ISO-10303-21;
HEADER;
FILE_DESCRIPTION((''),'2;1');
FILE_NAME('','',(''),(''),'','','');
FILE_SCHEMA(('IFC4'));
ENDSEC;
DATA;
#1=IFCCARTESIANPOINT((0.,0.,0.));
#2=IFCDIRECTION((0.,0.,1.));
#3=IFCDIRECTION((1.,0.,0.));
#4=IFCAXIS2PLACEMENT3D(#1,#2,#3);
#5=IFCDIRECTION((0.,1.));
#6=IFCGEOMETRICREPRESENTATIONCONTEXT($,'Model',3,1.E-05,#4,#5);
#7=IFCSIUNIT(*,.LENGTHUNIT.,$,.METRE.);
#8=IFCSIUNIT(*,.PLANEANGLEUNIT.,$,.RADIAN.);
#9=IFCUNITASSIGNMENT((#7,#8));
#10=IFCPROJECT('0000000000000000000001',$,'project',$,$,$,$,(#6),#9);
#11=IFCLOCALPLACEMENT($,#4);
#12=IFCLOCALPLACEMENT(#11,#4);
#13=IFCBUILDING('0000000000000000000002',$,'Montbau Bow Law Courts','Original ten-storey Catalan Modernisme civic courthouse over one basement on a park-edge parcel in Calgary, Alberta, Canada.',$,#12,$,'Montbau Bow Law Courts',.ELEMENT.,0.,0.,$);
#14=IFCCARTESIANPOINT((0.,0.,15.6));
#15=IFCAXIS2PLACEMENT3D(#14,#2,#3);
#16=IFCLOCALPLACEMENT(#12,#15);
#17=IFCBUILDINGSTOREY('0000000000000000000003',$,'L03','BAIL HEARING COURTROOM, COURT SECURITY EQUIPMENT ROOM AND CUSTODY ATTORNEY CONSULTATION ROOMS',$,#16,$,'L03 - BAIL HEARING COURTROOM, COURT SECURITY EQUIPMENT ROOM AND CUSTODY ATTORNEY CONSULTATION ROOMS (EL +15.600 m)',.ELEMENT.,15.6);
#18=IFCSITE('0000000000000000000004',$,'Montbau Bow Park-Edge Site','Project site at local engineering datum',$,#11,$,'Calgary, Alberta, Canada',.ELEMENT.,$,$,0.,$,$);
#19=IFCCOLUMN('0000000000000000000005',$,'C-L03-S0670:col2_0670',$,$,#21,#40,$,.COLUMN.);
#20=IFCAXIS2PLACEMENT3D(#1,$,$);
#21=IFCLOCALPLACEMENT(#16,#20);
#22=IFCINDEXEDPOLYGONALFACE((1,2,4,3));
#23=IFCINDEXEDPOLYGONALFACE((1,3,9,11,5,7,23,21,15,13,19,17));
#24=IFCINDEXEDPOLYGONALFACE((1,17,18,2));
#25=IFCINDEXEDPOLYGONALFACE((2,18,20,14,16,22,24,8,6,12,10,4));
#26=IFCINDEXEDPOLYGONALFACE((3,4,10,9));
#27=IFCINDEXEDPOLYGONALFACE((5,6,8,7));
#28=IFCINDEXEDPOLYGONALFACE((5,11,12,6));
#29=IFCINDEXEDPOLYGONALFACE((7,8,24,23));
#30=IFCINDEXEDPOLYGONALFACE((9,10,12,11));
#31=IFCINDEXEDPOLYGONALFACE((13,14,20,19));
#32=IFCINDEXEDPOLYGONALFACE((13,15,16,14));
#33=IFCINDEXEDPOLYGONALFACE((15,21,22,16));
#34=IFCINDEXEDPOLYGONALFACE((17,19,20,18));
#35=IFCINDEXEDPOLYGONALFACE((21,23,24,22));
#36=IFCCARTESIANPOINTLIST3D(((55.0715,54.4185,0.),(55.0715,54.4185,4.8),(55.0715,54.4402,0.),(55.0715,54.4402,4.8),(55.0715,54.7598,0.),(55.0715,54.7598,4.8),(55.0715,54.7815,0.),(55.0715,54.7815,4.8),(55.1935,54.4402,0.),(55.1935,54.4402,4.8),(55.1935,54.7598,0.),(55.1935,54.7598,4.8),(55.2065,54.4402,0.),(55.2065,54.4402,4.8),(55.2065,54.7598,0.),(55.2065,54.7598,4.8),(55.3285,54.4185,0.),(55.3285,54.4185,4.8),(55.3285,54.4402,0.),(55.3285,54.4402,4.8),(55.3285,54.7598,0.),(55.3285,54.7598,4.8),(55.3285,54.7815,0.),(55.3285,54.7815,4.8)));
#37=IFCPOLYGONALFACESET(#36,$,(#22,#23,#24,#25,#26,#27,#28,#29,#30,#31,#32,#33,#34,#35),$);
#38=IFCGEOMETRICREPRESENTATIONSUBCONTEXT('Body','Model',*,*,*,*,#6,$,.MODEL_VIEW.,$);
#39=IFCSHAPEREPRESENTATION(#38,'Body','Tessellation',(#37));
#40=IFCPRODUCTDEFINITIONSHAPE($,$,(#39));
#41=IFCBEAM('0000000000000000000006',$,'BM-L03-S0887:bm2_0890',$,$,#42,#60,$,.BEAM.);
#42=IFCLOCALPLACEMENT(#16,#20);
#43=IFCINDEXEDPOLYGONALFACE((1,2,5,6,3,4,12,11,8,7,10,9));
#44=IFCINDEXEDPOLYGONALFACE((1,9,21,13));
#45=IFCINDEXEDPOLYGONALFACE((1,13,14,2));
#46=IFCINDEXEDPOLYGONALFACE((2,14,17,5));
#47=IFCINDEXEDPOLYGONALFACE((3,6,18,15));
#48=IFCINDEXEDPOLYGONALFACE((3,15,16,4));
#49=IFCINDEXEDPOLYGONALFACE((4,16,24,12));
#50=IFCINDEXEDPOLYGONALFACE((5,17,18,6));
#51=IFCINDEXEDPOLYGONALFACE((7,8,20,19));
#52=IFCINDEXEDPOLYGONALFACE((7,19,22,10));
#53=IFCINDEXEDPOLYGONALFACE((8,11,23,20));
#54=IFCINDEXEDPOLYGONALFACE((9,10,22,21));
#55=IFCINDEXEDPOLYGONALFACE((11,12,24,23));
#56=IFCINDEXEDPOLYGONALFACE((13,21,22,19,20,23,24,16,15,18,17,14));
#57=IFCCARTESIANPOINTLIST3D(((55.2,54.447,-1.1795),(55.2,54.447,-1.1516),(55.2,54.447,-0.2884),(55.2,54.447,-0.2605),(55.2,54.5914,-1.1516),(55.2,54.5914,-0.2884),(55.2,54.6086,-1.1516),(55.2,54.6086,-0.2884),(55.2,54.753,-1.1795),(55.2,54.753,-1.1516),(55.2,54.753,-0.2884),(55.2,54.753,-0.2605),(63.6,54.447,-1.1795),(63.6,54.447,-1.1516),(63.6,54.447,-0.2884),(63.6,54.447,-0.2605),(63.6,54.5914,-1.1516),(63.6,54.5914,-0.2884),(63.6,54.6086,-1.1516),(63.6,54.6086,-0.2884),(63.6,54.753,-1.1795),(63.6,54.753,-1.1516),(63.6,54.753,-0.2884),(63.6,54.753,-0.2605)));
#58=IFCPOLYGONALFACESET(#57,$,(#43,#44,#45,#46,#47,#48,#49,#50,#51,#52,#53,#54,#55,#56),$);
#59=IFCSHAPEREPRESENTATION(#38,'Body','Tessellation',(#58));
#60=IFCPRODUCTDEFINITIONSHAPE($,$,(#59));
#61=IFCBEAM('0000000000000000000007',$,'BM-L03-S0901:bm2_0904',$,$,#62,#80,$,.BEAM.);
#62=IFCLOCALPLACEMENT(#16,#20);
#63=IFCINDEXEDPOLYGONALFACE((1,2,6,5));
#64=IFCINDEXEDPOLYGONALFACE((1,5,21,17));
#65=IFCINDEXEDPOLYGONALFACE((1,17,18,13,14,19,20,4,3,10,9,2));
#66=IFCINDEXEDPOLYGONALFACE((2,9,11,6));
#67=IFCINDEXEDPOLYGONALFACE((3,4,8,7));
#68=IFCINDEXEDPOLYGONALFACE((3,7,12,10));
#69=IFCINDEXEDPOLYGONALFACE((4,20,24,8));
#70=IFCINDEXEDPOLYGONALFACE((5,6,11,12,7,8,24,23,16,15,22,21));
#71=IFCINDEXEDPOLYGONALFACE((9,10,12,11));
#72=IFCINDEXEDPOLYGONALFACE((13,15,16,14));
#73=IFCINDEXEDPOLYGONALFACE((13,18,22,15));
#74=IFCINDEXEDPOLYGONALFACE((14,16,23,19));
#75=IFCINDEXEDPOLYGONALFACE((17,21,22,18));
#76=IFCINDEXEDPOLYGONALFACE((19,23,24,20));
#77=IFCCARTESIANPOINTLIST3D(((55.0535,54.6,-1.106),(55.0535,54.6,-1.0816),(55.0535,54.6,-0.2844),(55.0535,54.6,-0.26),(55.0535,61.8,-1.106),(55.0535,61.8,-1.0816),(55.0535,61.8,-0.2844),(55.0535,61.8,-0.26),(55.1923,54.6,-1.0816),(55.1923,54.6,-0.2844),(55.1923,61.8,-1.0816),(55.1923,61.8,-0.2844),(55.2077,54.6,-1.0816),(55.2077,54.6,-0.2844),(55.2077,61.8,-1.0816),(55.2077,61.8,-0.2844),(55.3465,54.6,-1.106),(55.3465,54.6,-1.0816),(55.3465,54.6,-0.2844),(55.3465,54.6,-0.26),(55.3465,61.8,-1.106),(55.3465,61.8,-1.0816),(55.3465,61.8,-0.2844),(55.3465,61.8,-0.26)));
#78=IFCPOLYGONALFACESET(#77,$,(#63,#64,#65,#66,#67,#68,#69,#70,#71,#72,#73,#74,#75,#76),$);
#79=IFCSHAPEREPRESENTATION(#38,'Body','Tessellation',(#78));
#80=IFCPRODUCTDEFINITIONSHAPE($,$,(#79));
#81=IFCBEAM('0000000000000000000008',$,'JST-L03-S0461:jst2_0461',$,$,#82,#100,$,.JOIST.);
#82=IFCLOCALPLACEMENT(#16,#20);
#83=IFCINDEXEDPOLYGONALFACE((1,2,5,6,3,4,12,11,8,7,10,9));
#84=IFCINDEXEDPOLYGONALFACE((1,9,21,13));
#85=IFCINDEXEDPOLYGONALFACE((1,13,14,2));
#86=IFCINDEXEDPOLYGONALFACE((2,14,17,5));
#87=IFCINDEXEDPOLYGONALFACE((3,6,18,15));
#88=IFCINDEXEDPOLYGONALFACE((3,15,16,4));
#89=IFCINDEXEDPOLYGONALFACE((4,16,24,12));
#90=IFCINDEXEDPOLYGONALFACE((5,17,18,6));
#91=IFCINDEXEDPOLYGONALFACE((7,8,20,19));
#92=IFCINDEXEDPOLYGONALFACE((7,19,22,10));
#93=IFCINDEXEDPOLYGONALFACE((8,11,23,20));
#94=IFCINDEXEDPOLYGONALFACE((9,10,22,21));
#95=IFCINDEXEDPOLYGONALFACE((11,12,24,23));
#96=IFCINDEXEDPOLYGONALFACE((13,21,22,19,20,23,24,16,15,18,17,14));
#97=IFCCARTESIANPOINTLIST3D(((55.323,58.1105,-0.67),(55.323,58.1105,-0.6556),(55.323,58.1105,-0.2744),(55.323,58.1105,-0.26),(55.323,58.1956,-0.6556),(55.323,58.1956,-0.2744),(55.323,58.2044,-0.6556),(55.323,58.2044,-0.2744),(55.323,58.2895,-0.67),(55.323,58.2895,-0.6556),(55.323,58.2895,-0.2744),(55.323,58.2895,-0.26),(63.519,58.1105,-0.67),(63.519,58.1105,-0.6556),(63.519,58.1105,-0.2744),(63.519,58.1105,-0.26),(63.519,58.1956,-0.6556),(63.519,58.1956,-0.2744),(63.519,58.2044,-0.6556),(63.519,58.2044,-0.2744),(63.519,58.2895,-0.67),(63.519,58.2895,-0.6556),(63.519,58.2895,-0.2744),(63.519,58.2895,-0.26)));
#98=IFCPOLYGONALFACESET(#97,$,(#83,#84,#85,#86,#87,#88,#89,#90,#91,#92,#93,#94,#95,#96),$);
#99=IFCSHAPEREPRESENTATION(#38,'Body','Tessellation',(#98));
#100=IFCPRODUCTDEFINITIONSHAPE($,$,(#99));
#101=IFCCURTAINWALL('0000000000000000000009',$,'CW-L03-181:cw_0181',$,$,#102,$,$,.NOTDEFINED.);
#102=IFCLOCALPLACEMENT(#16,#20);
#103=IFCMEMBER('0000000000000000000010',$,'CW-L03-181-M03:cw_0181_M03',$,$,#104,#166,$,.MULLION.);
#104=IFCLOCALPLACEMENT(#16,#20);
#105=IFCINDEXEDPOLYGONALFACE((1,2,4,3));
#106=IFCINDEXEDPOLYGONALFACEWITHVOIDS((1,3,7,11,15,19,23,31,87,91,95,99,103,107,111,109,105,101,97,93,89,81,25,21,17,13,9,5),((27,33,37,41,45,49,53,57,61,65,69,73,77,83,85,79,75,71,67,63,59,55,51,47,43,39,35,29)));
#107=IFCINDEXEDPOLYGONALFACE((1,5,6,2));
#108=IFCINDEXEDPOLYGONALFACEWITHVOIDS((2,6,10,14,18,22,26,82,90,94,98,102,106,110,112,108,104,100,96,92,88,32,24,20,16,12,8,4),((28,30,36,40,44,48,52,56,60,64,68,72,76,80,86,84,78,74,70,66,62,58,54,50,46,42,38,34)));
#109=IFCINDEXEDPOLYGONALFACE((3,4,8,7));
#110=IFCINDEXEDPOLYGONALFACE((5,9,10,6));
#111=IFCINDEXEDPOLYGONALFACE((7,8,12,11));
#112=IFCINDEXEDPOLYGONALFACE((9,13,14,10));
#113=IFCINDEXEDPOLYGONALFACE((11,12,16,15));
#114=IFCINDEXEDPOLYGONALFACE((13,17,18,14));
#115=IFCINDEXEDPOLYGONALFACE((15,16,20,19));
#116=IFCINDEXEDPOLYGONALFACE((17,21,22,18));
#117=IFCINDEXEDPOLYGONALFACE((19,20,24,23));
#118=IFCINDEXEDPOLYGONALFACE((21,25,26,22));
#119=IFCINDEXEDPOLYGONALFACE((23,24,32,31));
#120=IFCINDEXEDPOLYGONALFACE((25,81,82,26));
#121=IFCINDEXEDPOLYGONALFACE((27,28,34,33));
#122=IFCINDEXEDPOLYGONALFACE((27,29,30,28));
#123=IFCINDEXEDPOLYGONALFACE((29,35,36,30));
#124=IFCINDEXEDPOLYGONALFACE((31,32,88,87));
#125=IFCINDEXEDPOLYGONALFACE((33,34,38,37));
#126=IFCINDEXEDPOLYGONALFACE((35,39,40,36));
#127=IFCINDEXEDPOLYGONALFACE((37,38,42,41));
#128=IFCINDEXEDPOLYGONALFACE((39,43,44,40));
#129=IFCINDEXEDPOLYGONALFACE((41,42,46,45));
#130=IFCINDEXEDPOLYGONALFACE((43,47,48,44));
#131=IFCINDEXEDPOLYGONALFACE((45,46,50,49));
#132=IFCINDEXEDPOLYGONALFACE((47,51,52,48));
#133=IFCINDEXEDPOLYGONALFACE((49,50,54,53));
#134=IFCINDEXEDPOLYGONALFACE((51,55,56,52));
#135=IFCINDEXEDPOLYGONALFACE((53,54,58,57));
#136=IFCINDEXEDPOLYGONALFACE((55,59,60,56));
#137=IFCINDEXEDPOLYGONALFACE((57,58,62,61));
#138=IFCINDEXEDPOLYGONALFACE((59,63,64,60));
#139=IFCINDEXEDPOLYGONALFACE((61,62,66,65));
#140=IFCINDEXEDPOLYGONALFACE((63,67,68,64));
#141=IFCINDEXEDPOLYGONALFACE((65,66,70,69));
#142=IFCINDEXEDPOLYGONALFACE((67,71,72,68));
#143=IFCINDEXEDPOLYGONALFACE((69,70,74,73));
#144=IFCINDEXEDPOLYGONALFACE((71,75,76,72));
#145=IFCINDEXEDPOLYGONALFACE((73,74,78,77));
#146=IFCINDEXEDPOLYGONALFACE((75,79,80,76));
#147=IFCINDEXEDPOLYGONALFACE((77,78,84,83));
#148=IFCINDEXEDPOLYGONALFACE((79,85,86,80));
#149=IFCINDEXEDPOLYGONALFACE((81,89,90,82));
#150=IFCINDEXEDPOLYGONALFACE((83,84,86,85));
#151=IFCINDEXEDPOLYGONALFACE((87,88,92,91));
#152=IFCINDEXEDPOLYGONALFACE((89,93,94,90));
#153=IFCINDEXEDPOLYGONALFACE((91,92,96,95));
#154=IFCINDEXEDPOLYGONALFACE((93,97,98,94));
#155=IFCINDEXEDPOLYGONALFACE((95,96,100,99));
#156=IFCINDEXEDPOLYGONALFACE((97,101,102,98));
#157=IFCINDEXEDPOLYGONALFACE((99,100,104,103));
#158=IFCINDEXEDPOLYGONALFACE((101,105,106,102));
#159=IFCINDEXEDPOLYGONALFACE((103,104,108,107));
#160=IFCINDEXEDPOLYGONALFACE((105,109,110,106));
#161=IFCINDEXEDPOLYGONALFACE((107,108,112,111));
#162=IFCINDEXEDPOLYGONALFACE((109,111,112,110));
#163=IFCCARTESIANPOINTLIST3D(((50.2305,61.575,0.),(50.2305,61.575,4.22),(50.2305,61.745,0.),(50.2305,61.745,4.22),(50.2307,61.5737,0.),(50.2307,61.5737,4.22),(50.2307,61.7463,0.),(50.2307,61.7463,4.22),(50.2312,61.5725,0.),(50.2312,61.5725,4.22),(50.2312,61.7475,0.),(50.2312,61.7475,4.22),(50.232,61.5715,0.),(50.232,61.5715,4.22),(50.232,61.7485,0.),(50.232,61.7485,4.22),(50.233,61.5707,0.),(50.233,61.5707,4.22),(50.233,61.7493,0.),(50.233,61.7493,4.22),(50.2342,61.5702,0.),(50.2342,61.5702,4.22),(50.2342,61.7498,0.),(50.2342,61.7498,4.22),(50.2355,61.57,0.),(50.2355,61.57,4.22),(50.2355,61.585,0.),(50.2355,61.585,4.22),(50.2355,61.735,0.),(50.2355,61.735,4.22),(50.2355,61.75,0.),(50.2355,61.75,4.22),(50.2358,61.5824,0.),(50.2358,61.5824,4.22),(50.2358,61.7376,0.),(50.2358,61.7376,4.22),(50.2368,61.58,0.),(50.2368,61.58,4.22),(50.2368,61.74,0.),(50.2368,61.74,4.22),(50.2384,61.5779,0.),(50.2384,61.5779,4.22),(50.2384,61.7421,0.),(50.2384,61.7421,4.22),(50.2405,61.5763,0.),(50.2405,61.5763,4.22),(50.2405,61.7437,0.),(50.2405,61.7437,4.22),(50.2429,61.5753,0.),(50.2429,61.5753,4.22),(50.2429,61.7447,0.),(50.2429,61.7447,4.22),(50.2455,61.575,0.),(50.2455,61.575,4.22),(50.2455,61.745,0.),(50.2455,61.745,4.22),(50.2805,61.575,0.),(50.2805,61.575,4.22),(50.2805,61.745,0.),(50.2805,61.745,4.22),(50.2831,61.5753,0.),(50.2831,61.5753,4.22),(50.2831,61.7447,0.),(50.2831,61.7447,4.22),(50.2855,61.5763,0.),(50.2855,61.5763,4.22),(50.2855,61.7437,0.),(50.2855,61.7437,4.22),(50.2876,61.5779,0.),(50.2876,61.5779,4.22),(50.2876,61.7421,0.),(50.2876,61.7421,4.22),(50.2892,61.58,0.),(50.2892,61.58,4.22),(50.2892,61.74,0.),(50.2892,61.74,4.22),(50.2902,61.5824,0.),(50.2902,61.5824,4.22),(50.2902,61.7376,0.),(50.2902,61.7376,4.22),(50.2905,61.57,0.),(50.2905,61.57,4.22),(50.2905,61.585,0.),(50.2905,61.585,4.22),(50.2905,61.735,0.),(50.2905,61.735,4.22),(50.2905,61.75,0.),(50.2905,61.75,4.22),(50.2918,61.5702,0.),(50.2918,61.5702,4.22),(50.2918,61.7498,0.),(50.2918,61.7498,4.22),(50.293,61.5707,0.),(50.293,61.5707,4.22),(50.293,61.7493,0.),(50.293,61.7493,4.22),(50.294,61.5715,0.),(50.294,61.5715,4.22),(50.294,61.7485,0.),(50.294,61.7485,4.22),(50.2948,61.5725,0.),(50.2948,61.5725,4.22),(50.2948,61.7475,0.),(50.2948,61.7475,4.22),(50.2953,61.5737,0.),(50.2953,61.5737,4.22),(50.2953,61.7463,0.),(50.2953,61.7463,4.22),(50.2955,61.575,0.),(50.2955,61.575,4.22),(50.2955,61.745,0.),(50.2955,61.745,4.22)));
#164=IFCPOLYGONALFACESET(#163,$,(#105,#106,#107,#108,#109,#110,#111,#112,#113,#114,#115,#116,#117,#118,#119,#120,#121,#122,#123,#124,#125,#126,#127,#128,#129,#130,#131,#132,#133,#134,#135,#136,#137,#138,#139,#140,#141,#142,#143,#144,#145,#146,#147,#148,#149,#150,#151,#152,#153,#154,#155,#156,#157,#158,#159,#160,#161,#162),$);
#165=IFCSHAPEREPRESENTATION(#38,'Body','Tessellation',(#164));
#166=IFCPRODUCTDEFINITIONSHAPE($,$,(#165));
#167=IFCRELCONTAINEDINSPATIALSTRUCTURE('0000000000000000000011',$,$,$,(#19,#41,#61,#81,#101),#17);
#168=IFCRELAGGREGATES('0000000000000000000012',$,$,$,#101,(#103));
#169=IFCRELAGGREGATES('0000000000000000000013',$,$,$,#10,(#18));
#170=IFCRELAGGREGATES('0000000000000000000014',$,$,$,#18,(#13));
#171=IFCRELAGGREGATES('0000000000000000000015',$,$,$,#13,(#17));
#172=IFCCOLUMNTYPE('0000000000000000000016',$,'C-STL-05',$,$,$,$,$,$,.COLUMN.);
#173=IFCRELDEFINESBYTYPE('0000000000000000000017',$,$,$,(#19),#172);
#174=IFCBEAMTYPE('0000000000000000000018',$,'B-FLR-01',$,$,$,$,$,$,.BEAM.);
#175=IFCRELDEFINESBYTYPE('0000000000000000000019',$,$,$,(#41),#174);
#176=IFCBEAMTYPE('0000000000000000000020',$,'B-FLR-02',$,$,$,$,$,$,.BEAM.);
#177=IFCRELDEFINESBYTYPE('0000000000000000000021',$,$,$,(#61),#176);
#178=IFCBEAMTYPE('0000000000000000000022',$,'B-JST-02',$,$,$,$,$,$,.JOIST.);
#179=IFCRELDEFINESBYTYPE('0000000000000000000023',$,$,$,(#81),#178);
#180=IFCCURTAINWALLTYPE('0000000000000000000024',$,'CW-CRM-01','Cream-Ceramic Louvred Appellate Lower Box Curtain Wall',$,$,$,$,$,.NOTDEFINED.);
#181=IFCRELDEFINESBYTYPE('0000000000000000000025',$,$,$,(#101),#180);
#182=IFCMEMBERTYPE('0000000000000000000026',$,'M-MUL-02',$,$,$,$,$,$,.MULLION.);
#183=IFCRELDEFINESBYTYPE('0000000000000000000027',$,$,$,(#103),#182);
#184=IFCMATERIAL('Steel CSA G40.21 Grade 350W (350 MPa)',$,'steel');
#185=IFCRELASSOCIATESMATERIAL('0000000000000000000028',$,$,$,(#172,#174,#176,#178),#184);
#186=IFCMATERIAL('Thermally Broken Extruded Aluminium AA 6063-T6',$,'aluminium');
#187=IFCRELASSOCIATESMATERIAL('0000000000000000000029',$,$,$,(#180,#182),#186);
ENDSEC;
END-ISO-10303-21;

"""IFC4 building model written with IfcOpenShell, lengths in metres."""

from ifc_helpers import new_model, si_unit, direction, frame, origin_with_axes, origin_2d_with_axis, place, context, subcontext, project, spatial, hollow_rectangle, i_section, extrude, material, material_profile, profile_set, type_object, element, aggregate, save


model = new_model("IFC4")

# Units and contexts
model_context = context("Model", 3, precision=1e-05, world=origin_with_axes(), true_north=direction((0.0, 1.0)))
body_context = subcontext(model_context, "Body", "Model", "MODEL_VIEW")
ifc_project = project(units=[si_unit("LENGTHUNIT", "METRE"), si_unit("PLANEANGLEUNIT", "RADIAN")], contexts=[model_context])

# Site, building, storey
site_placement = place(None, origin_with_axes())
site = spatial("IfcSite", under=ifc_project, at=site_placement, Name="Montbau Bow Park-Edge Site", Description="Project site at local engineering datum", LongName="Calgary, Alberta, Canada", CompositionType="ELEMENT", RefElevation=0.0)
building_placement = place(site_placement, origin_with_axes())
building = spatial("IfcBuilding", under=site, at=building_placement, Name="Montbau Bow Law Courts", Description="Original ten-storey Catalan Modernisme civic courthouse over one basement on a park-edge parcel in Calgary, Alberta, Canada.", LongName="Montbau Bow Law Courts", CompositionType="ELEMENT", ElevationOfRefHeight=0.0, ElevationOfTerrain=0.0)
storey_placement = place(building_placement, frame((0.0, 0.0, 15.6), z_axis=(0.0, 0.0, 1.0), x_axis=(1.0, 0.0, 0.0)))
storey = spatial("IfcBuildingStorey", under=building, at=storey_placement, Name="L03", Description="BAIL HEARING COURTROOM, COURT SECURITY EQUIPMENT ROOM AND CUSTODY ATTORNEY CONSULTATION ROOMS", LongName="L03 - BAIL HEARING COURTROOM, COURT SECURITY EQUIPMENT ROOM AND CUSTODY ATTORNEY CONSULTATION ROOMS (EL +15.600 m)", CompositionType="ELEMENT", Elevation=15.6)

# Column
ifc_material_1 = material(Name="Steel CSA G40.21 Grade 350W (350 MPa)", Category="steel")
ifc_material_profile_1 = material_profile(ifc_material_1, i_section(OverallWidth=0.257, OverallDepth=0.363, WebThickness=0.013, FlangeThickness=0.0217, at=origin_2d_with_axis()), Name="W360X122", Category="Main", Priority=0)
ifc_profile_set_1 = profile_set([ifc_material_profile_1], Name="Steel CSA G40.21 Grade 350W (350 MPa)")
column_type = type_object("IfcColumnType", Name="C-STL-05", PredefinedType="COLUMN", material=ifc_profile_set_1)
column_placement = place(None, frame((55.2, 54.6, 15.6), z_axis=(0.0, 0.0, 1.0), x_axis=(1.0, 0.0, 0.0)))
element("IfcColumn", 1, at=column_placement, inside=storey, type_object=column_type, Name="C-L03-S0670:col2_0670", PredefinedType="COLUMN", context=body_context, shape_type="SweptSolid", body=[
    extrude(i_section(OverallWidth=0.257, OverallDepth=0.363, WebThickness=0.013, FlangeThickness=0.0217, at=origin_2d_with_axis()), origin_with_axes(), (0.0, 0.0, 1.0), 4.8),
])

# Beams
ifc_material_profile_2 = material_profile(ifc_material_1, i_section(OverallWidth=0.306, OverallDepth=0.919, WebThickness=0.0173, FlangeThickness=0.0279, at=origin_2d_with_axis()), Name="W920X253", Category="Main", Priority=0)
ifc_profile_set_2 = profile_set([ifc_material_profile_2], Name="Steel CSA G40.21 Grade 350W (350 MPa)")
beam_type_1 = type_object("IfcBeamType", Name="B-FLR-01", PredefinedType="BEAM", material=ifc_profile_set_2)
beam_1_placement = place(None, frame((55.2, 54.6, 14.88), z_axis=(1.0, 0.0, 0.0), x_axis=(0.0, 1.0, 0.0)))
element("IfcBeam", 2, at=beam_1_placement, inside=storey, type_object=beam_type_1, Name="BM-L03-S0887:bm2_0890", PredefinedType="BEAM", context=body_context, shape_type="SweptSolid", body=[
    extrude(i_section(OverallWidth=0.306, OverallDepth=0.919, WebThickness=0.0173, FlangeThickness=0.0279, at=origin_2d_with_axis()), origin_with_axes(), (0.0, 0.0, 1.0), 8.4),
])
ifc_material_profile_3 = material_profile(ifc_material_1, i_section(OverallWidth=0.293, OverallDepth=0.846, WebThickness=0.0154, FlangeThickness=0.0244, at=origin_2d_with_axis()), Name="W840X210", Category="Main", Priority=0)
ifc_profile_set_3 = profile_set([ifc_material_profile_3], Name="Steel CSA G40.21 Grade 350W (350 MPa)")
beam_type_2 = type_object("IfcBeamType", Name="B-FLR-02", PredefinedType="BEAM", material=ifc_profile_set_3)
beam_2_placement = place(None, frame((55.2, 54.6, 14.917), z_axis=(0.0, 1.0, 0.0), x_axis=(-1.0, 0.0, 0.0)))
element("IfcBeam", 3, at=beam_2_placement, inside=storey, type_object=beam_type_2, Name="BM-L03-S0901:bm2_0904", PredefinedType="BEAM", context=body_context, shape_type="SweptSolid", body=[
    extrude(i_section(OverallWidth=0.293, OverallDepth=0.846, WebThickness=0.0154, FlangeThickness=0.0244, at=origin_2d_with_axis()), origin_with_axes(), (0.0, 0.0, 1.0), 7.2),
])
ifc_material_profile_4 = material_profile(ifc_material_1, i_section(OverallWidth=0.179, OverallDepth=0.41, WebThickness=0.0088, FlangeThickness=0.0144, at=origin_2d_with_axis()), Name="W410X67", Category="Main", Priority=0)
ifc_profile_set_4 = profile_set([ifc_material_profile_4], Name="Steel CSA G40.21 Grade 350W (350 MPa)")
beam_type_3 = type_object("IfcBeamType", Name="B-JST-02", PredefinedType="JOIST", material=ifc_profile_set_4)
beam_3_placement = place(None, frame((55.323, 58.2, 15.135), z_axis=(1.0, 0.0, 0.0), x_axis=(0.0, 1.0, 0.0)))
element("IfcBeam", 4, at=beam_3_placement, inside=storey, type_object=beam_type_3, Name="JST-L03-S0461:jst2_0461", PredefinedType="JOIST", context=body_context, shape_type="SweptSolid", body=[
    extrude(i_section(OverallWidth=0.179, OverallDepth=0.41, WebThickness=0.0088, FlangeThickness=0.0144, at=origin_2d_with_axis()), origin_with_axes(), (0.0, 0.0, 1.0), 8.196),
])

# Curtain wall, member
ifc_material_2 = material(Name="Thermally Broken Extruded Aluminium AA 6063-T6", Category="aluminium")
curtain_wall_type = type_object("IfcCurtainWallType", Name="CW-CRM-01", Description="Cream-Ceramic Louvred Appellate Lower Box Curtain Wall", PredefinedType="NOTDEFINED", material=ifc_material_2)
curtain_wall_placement = place(None, frame((47.315, 61.66, 15.6), z_axis=(0.0, 0.0, 1.0), x_axis=(1.0, 0.0, 0.0)))
curtain_wall = element("IfcCurtainWall", 5, at=curtain_wall_placement, inside=storey, type_object=curtain_wall_type, Name="CW-L03-181:cw_0181", PredefinedType="NOTDEFINED")
ifc_material_profile_5 = material_profile(ifc_material_2, hollow_rectangle(XDim=0.065, YDim=0.18, WallThickness=0.005, InnerFilletRadius=0.01, OuterFilletRadius=0.005, at=origin_2d_with_axis()), Name="CWM-180X65", Category="Main", Priority=0)
ifc_profile_set_5 = profile_set([ifc_material_profile_5], Name="Thermally Broken Extruded Aluminium AA 6063-T6")
member_type_1 = type_object("IfcMemberType", Name="M-MUL-02", PredefinedType="MULLION", material=ifc_profile_set_5)
member_1_placement = place(None, frame((50.263, 61.66, 15.6), z_axis=(0.0, 0.0, 1.0), x_axis=(1.0, 0.0, 0.0)))
member_1 = element("IfcMember", 6, at=member_1_placement, type_object=member_type_1, Name="CW-L03-181-M03:cw_0181_M03", PredefinedType="MULLION", context=body_context, shape_type="SweptSolid", body=[
    extrude(hollow_rectangle(XDim=0.065, YDim=0.18, WallThickness=0.005, InnerFilletRadius=0.01, OuterFilletRadius=0.005, at=origin_2d_with_axis()), origin_with_axes(), (0.0, 0.0, 1.0), 4.22),
])
aggregate(curtain_wall, [member_1])

save(model, "model.ifc")
